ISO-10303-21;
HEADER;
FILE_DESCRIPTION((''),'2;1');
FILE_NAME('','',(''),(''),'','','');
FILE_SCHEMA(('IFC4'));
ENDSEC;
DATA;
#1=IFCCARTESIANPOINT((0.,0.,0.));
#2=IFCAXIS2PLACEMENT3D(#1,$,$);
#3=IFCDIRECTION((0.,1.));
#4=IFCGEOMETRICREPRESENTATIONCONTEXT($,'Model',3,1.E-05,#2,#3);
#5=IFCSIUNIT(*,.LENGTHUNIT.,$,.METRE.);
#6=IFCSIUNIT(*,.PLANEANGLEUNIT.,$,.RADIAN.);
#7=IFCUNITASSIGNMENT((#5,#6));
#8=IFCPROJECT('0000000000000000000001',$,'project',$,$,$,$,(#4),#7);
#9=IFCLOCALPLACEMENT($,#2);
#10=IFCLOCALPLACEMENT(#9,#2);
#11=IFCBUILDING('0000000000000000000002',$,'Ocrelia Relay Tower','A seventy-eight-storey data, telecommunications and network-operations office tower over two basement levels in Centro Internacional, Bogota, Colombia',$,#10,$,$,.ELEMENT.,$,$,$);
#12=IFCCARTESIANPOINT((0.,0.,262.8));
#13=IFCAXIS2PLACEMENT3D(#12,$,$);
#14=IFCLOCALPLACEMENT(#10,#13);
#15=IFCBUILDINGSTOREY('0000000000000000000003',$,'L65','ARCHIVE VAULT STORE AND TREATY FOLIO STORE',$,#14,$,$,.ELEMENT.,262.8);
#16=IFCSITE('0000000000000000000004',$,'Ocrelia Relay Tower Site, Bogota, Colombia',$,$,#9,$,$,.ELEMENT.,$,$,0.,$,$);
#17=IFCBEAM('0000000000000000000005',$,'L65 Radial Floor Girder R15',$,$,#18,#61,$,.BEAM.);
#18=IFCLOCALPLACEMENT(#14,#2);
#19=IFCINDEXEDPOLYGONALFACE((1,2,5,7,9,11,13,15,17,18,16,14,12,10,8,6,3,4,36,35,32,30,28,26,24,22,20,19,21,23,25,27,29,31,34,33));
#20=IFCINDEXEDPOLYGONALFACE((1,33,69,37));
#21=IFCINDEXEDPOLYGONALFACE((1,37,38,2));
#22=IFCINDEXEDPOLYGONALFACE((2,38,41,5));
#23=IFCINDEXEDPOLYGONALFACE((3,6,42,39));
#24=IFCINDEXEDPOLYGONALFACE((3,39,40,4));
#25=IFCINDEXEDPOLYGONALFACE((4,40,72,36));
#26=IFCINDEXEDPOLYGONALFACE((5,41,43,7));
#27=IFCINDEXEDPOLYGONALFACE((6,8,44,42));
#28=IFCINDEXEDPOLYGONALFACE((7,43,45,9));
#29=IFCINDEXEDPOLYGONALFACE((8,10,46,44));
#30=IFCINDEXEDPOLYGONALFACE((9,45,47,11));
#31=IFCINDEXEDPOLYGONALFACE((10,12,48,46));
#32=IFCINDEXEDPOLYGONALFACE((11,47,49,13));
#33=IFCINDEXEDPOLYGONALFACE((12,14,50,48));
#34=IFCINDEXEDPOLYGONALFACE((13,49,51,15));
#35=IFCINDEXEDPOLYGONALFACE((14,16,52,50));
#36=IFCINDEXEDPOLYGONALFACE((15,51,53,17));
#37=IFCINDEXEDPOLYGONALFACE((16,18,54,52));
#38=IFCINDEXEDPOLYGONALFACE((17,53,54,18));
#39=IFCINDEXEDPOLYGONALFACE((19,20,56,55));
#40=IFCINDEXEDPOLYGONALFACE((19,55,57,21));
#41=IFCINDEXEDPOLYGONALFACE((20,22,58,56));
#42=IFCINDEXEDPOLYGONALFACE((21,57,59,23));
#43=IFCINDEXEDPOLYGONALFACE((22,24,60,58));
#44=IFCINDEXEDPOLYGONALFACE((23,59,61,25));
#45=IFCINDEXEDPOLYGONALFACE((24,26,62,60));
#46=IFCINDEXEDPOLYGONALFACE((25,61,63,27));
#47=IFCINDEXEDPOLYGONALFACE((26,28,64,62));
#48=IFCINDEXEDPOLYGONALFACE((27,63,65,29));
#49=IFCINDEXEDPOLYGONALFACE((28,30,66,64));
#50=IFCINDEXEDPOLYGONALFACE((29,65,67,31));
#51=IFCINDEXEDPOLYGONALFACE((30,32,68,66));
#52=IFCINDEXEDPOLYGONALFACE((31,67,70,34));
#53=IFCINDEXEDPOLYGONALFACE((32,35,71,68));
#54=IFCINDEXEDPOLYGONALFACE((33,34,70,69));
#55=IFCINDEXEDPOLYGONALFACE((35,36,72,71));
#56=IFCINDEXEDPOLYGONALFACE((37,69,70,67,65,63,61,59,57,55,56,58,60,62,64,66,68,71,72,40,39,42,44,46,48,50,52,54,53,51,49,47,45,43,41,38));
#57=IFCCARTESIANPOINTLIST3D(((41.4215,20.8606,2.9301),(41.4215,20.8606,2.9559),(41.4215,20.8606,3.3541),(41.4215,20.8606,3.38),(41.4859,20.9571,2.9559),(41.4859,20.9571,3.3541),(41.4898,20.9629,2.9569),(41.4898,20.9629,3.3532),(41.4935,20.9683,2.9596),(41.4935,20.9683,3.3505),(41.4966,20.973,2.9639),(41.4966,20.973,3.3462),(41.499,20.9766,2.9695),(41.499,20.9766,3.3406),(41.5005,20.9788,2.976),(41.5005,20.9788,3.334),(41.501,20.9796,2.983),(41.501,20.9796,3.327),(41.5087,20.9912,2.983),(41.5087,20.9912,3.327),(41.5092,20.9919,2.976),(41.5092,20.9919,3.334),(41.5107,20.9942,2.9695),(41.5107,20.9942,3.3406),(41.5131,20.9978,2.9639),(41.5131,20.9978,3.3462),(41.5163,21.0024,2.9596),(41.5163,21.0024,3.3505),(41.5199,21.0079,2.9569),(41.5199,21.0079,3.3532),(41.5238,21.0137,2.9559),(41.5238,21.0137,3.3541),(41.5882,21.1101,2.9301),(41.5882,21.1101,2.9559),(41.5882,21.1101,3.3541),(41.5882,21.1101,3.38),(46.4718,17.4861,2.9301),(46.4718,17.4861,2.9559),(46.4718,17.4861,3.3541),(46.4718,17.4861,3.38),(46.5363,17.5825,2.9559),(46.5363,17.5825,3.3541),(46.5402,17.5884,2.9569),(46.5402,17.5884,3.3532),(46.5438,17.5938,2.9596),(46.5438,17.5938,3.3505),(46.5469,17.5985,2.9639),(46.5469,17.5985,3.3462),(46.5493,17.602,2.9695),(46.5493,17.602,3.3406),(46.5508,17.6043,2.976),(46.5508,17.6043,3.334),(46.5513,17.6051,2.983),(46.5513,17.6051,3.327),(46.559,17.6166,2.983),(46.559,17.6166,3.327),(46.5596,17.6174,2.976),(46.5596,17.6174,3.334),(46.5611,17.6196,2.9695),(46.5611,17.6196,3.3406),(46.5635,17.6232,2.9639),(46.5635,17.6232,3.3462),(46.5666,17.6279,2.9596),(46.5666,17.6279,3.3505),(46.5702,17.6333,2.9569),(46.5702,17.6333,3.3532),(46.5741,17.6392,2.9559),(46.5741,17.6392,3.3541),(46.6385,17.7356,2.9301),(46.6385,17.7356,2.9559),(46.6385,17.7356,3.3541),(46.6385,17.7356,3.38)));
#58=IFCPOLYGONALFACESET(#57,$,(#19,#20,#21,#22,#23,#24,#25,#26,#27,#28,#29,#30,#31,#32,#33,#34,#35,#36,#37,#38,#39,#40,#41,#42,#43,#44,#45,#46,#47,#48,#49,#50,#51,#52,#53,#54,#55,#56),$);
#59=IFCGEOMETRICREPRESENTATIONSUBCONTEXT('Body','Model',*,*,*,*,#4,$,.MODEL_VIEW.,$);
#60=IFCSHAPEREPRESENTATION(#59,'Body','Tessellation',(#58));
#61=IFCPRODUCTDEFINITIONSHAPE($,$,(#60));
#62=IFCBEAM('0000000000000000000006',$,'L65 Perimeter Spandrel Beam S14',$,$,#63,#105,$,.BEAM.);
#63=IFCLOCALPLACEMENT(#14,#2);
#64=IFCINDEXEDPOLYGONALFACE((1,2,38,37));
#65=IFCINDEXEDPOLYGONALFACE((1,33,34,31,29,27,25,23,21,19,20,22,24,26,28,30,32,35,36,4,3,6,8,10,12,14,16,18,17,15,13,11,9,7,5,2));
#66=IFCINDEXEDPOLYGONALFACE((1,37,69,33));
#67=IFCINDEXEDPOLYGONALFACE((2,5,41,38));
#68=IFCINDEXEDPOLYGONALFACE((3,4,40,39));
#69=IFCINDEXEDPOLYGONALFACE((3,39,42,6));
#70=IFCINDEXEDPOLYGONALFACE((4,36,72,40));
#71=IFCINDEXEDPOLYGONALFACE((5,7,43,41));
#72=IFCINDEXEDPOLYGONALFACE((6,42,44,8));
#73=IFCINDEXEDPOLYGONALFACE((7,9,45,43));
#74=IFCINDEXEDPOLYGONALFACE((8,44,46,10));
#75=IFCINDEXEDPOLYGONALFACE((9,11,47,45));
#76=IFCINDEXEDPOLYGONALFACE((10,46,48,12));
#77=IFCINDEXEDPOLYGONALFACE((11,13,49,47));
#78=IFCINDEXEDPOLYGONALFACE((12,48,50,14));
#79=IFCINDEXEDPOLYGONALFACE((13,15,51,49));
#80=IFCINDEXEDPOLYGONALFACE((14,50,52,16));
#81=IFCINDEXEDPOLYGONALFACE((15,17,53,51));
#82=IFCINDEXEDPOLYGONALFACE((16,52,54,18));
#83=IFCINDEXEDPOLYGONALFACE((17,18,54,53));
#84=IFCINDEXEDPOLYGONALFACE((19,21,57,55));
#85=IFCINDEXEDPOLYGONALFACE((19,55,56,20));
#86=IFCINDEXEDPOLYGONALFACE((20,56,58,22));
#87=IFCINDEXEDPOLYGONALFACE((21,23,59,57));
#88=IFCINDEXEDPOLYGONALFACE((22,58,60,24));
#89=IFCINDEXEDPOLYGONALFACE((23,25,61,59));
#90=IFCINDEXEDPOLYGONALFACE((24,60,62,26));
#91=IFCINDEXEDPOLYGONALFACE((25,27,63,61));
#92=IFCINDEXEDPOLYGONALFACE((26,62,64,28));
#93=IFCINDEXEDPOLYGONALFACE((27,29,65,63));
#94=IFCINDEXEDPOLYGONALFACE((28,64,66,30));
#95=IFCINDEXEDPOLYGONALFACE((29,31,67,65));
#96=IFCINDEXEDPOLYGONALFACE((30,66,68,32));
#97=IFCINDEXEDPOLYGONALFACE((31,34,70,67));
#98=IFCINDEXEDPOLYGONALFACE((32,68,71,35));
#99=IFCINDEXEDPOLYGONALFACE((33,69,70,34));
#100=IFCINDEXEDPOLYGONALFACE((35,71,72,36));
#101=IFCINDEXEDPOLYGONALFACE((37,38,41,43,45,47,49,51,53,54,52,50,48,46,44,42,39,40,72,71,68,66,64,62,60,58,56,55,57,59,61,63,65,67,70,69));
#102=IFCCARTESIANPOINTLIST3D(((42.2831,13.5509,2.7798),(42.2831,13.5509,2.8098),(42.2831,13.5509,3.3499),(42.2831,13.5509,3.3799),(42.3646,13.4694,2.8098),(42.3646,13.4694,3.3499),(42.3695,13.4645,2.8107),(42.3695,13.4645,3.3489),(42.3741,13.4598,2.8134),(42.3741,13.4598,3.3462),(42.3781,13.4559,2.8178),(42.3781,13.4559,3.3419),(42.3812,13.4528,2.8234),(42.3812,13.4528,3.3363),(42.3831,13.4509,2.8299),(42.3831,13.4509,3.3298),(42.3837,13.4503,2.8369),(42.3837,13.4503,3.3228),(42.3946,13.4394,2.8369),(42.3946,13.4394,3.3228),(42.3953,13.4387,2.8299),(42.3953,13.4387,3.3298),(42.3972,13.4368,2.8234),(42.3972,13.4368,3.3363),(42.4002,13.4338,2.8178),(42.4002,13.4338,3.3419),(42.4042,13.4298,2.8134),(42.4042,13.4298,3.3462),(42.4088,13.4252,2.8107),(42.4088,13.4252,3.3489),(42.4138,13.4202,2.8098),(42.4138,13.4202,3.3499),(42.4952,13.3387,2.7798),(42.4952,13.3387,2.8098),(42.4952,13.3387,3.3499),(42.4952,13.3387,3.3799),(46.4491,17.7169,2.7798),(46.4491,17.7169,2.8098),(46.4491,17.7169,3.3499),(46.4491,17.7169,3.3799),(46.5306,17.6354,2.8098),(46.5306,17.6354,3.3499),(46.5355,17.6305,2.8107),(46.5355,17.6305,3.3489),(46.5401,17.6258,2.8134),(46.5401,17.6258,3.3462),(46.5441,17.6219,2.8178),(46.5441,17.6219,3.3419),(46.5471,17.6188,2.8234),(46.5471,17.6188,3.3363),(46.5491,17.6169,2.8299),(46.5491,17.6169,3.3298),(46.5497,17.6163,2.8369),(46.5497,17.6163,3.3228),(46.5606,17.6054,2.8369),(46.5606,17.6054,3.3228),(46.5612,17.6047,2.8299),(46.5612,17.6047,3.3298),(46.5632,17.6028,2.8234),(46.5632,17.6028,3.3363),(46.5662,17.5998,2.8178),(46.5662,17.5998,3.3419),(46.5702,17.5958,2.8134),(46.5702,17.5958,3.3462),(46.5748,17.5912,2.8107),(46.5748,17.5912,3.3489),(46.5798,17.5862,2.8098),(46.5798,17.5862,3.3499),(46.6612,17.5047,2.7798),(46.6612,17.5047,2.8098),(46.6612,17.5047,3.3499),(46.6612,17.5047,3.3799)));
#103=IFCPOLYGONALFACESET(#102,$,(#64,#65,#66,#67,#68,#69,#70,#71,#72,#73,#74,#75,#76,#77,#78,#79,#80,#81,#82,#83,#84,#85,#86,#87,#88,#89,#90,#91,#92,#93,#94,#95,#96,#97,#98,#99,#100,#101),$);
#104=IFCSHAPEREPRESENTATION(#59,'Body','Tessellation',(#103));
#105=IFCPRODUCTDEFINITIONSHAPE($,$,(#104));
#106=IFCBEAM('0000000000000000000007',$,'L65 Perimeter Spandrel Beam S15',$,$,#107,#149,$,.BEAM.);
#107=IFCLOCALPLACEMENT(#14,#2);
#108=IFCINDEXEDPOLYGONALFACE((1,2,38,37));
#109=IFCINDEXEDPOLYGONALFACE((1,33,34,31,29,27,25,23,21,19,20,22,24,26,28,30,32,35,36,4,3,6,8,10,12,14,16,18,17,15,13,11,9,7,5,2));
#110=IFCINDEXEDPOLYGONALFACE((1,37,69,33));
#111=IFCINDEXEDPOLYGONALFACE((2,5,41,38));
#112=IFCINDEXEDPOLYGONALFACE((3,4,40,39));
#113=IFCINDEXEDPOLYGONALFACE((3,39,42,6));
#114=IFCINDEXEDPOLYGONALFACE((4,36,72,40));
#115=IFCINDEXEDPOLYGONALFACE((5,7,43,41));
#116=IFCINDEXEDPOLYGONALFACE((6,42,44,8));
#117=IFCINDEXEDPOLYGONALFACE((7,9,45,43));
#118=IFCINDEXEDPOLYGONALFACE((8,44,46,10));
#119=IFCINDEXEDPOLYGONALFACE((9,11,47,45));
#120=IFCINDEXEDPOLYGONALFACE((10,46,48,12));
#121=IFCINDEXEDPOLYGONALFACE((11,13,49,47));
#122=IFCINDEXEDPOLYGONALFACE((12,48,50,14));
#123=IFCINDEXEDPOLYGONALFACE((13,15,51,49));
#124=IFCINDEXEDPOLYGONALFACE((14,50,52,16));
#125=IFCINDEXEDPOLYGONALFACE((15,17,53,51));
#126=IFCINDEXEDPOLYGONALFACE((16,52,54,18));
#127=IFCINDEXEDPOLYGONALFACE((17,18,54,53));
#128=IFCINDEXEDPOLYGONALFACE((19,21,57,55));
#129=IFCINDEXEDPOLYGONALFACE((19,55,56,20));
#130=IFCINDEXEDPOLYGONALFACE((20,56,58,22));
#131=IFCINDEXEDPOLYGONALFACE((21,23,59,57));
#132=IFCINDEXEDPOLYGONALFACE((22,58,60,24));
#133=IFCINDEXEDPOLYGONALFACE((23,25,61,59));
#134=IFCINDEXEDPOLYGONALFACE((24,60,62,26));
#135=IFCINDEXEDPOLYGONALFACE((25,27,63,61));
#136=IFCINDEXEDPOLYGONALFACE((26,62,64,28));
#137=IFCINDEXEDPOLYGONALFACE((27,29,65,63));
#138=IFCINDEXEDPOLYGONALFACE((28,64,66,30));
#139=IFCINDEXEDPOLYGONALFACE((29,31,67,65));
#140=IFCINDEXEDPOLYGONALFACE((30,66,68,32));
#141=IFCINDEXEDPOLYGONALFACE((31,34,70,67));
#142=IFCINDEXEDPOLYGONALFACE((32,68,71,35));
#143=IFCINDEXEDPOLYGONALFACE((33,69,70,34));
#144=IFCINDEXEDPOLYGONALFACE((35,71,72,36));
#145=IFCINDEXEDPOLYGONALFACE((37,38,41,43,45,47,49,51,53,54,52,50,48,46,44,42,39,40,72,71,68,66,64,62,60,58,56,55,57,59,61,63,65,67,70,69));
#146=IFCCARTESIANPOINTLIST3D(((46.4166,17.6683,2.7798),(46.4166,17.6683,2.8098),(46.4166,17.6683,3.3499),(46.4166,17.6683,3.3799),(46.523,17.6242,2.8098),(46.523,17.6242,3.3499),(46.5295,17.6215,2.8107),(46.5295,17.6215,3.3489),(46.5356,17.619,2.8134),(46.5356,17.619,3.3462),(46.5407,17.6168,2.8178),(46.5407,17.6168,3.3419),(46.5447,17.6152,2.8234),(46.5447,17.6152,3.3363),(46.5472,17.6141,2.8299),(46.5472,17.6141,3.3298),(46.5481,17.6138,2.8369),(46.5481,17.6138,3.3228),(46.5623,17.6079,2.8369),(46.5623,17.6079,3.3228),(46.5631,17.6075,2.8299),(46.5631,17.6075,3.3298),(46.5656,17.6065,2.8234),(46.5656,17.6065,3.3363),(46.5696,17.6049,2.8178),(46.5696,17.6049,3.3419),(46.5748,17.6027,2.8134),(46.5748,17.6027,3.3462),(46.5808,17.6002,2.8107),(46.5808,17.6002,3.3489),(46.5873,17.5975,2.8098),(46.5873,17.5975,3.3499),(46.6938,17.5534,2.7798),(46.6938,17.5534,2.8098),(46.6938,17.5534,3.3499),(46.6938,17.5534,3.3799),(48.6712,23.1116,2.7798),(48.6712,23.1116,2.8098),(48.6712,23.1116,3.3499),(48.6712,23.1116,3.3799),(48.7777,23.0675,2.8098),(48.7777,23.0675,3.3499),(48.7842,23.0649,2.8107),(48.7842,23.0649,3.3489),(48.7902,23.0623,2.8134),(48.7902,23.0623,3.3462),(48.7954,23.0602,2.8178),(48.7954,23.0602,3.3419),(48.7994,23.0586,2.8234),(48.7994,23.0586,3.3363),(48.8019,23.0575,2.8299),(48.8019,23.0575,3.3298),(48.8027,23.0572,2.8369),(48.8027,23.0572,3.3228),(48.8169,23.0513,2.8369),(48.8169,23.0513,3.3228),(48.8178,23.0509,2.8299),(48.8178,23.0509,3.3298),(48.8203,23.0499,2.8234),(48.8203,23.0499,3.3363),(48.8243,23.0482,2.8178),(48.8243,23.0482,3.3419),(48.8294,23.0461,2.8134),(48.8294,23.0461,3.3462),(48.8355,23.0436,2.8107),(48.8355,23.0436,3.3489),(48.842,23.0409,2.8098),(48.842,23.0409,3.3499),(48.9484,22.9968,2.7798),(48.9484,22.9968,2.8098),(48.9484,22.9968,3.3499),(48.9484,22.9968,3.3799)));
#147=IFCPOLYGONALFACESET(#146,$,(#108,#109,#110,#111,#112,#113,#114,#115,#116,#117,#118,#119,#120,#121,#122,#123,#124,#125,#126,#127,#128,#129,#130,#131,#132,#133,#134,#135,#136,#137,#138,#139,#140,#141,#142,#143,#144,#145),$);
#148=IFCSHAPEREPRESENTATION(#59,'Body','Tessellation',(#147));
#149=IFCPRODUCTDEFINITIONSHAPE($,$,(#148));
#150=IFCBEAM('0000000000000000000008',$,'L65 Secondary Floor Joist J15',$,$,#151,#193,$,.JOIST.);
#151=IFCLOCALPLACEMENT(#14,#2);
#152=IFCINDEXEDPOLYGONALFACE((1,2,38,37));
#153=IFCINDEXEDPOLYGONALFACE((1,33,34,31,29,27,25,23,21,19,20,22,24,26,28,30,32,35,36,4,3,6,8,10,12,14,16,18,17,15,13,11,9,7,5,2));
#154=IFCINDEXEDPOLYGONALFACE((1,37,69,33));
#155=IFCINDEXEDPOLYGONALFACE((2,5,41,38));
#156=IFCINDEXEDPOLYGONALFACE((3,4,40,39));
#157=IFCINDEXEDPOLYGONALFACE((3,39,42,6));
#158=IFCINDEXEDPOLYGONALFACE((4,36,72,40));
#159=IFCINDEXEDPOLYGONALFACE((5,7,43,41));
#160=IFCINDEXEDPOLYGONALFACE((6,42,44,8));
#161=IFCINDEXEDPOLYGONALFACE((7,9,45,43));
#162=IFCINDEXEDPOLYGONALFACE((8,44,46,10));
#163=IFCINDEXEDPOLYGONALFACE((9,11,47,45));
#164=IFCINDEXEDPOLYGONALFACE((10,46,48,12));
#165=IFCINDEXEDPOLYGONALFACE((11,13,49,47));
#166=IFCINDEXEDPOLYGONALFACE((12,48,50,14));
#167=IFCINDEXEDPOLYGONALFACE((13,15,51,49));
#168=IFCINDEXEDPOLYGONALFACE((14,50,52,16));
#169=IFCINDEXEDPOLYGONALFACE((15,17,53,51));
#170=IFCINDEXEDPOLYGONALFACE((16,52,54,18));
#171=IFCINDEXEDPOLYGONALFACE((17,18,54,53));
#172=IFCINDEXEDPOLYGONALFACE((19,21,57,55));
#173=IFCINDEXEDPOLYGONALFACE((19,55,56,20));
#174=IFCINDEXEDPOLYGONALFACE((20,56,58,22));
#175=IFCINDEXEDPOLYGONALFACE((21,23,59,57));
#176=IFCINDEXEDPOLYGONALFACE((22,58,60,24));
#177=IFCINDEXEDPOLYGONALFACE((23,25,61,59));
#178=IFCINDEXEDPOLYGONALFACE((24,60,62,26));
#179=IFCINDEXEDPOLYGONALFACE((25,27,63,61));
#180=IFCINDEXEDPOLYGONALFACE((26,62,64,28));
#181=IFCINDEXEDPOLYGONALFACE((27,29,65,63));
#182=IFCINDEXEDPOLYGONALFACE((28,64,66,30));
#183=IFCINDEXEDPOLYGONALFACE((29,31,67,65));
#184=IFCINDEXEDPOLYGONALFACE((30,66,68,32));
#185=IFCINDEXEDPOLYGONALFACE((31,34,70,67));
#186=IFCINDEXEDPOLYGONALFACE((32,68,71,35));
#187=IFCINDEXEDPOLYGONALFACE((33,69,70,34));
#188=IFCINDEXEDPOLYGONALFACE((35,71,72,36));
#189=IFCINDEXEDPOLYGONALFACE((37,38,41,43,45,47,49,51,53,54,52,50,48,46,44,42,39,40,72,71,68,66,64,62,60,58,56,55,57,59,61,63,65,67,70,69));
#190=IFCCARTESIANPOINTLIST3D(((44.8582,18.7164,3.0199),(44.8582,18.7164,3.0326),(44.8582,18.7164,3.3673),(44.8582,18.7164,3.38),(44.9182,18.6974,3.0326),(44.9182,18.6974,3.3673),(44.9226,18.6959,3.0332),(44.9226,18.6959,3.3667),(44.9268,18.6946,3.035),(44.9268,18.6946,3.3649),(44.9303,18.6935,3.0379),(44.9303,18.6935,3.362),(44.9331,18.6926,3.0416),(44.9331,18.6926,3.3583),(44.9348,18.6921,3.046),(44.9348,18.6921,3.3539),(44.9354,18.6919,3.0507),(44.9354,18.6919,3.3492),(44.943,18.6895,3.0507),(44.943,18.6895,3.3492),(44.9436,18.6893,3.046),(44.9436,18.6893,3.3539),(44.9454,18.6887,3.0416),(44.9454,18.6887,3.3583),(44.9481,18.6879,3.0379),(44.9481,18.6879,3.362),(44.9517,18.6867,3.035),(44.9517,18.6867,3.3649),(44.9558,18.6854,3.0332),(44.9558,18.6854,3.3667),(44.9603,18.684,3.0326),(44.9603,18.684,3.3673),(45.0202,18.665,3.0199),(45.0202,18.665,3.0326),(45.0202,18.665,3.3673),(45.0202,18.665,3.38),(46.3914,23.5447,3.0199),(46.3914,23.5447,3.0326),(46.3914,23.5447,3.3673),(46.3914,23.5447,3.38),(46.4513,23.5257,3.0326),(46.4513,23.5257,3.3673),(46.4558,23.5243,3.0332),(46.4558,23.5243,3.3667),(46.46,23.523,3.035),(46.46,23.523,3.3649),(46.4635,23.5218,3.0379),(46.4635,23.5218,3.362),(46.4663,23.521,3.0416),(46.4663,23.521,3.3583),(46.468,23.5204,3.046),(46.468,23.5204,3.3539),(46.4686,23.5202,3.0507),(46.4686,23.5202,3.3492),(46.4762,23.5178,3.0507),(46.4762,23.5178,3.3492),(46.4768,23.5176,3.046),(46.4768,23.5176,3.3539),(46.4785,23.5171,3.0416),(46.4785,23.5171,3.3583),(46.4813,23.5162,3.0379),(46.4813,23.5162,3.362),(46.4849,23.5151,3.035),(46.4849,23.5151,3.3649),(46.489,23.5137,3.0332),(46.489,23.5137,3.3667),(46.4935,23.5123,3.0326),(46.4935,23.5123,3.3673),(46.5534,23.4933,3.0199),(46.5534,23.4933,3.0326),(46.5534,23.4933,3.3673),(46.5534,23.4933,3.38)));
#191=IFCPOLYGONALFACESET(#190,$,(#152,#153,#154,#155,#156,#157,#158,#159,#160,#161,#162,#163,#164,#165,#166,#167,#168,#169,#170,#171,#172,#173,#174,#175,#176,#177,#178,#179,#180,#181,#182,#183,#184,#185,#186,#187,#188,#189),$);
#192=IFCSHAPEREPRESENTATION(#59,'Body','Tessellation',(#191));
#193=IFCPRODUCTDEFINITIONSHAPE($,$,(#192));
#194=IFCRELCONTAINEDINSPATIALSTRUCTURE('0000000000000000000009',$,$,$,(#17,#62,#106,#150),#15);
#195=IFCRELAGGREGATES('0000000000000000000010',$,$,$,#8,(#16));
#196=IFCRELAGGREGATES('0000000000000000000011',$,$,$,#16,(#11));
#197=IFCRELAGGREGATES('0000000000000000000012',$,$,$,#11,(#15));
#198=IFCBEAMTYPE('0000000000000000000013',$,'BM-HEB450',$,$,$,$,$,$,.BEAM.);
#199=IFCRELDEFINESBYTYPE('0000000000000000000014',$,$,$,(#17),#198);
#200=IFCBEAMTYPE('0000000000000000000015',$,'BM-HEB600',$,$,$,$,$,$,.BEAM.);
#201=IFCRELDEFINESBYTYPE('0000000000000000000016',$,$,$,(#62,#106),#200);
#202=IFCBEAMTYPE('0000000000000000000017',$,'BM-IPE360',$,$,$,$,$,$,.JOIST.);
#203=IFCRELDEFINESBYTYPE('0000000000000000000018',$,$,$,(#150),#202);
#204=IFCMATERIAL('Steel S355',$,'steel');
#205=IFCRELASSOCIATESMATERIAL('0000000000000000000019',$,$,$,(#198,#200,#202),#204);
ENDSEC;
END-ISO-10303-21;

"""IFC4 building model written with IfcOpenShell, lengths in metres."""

from ifc_helpers import new_model, si_unit, direction, frame, origin, origin_2d, place, context, subcontext, project, spatial, i_section, extrude, material, material_profile, profile_set, type_object, element, save


model = new_model("IFC4")

# Units and contexts
model_context = context("Model", 3, precision=1e-05, world=origin(), true_north=direction((0.0, 1.0)))
body_context = subcontext(model_context, "Body", "Model", "MODEL_VIEW")
ifc_project = project(units=[si_unit("LENGTHUNIT", "METRE"), si_unit("PLANEANGLEUNIT", "RADIAN")], contexts=[model_context])

# Site, building, storey
site_placement = place(None, origin())
site = spatial("IfcSite", under=ifc_project, at=site_placement, Name="Ocrelia Relay Tower Site, Bogota, Colombia", CompositionType="ELEMENT", RefElevation=0.0)
building_placement = place(site_placement, origin())
building = spatial("IfcBuilding", under=site, at=building_placement, Name="Ocrelia Relay Tower", Description="A seventy-eight-storey data, telecommunications and network-operations office tower over two basement levels in Centro Internacional, Bogota, Colombia", CompositionType="ELEMENT")
storey_placement = place(building_placement, frame((0.0, 0.0, 262.8)))
storey = spatial("IfcBuildingStorey", under=building, at=storey_placement, Name="L65", Description="ARCHIVE VAULT STORE AND TREATY FOLIO STORE", CompositionType="ELEMENT", Elevation=262.8)

# Beams
ifc_material_1 = material(Name="Steel S355", Category="steel")
ifc_material_profile_1 = material_profile(ifc_material_1, i_section(OverallWidth=0.3, OverallDepth=0.45, WebThickness=0.0139, FlangeThickness=0.0259, FilletRadius=0.0271, at=origin_2d()), Name="HEB 450")
ifc_profile_set_1 = profile_set([ifc_material_profile_1], Name="Steel S355")
beam_type_1 = type_object("IfcBeamType", Name="BM-HEB450", PredefinedType="BEAM", material=ifc_profile_set_1)
beam_1_placement = place(storey_placement, frame((46.5552, 17.6108, 3.155), z_axis=(-0.831469, 0.555572, 0.0), x_axis=(-0.555572, -0.831469, 0.0)))
element("IfcBeam", 1, at=beam_1_placement, inside=storey, type_object=beam_type_1, Name="L65 Radial Floor Girder R15", PredefinedType="BEAM", context=body_context, shape_type="SweptSolid", body=[
    extrude(i_section(OverallWidth=0.3, OverallDepth=0.45, WebThickness=0.0139, FlangeThickness=0.0259, FilletRadius=0.0271, at=origin_2d()), origin(), (0.0, 0.0, 1.0), 6.074),
])
ifc_material_profile_2 = material_profile(ifc_material_1, i_section(OverallWidth=0.3, OverallDepth=0.6001, WebThickness=0.0154, FlangeThickness=0.03, FilletRadius=0.0271, at=origin_2d()), Name="HEB 600")
ifc_profile_set_2 = profile_set([ifc_material_profile_2], Name="Steel S355")
beam_type_2 = type_object("IfcBeamType", Name="BM-HEB600", PredefinedType="BEAM", material=ifc_profile_set_2)
beam_2_placement = place(storey_placement, frame((42.3892, 13.4448, 3.0798), z_axis=(0.707107, 0.707107, 0.0), x_axis=(-0.707107, 0.707107, 0.0)))
element("IfcBeam", 2, at=beam_2_placement, inside=storey, type_object=beam_type_2, Name="L65 Perimeter Spandrel Beam S14", PredefinedType="BEAM", context=body_context, shape_type="SweptSolid", body=[
    extrude(i_section(OverallWidth=0.3, OverallDepth=0.6001, WebThickness=0.0154, FlangeThickness=0.03, FilletRadius=0.0271, at=origin_2d()), origin(), (0.0, 0.0, 1.0), 5.8916),
])
beam_3_placement = place(storey_placement, frame((46.5552, 17.6108, 3.0798), z_axis=(0.382673, 0.923884, 0.0), x_axis=(-0.923884, 0.382673, 0.0)))
element("IfcBeam", 3, at=beam_3_placement, inside=storey, type_object=beam_type_2, Name="L65 Perimeter Spandrel Beam S15", PredefinedType="BEAM", context=body_context, shape_type="SweptSolid", body=[
    extrude(i_section(OverallWidth=0.3, OverallDepth=0.6001, WebThickness=0.0154, FlangeThickness=0.03, FilletRadius=0.0271, at=origin_2d()), origin(), (0.0, 0.0, 1.0), 5.8918),
])
ifc_material_profile_3 = material_profile(ifc_material_1, i_section(OverallWidth=0.1699, OverallDepth=0.3601, WebThickness=0.0081, FlangeThickness=0.0127, FilletRadius=0.0181, at=origin_2d()), Name="IPE 360")
ifc_profile_set_3 = profile_set([ifc_material_profile_3], Name="Steel S355")
beam_type_3 = type_object("IfcBeamType", Name="BM-IPE360", PredefinedType="JOIST", material=ifc_profile_set_3)
beam_4_placement = place(storey_placement, frame((44.9392, 18.6907, 3.2), z_axis=(0.302649, 0.953102, 0.0), x_axis=(-0.953102, 0.302649, 0.0)))
element("IfcBeam", 4, at=beam_4_placement, inside=storey, type_object=beam_type_3, Name="L65 Secondary Floor Joist J15", PredefinedType="JOIST", context=body_context, shape_type="SweptSolid", body=[
    extrude(i_section(OverallWidth=0.1699, OverallDepth=0.3601, WebThickness=0.0081, FlangeThickness=0.0127, FilletRadius=0.0181, at=origin_2d()), origin(), (0.0, 0.0, 1.0), 5.0659),
])

save(model, "model.ifc")
